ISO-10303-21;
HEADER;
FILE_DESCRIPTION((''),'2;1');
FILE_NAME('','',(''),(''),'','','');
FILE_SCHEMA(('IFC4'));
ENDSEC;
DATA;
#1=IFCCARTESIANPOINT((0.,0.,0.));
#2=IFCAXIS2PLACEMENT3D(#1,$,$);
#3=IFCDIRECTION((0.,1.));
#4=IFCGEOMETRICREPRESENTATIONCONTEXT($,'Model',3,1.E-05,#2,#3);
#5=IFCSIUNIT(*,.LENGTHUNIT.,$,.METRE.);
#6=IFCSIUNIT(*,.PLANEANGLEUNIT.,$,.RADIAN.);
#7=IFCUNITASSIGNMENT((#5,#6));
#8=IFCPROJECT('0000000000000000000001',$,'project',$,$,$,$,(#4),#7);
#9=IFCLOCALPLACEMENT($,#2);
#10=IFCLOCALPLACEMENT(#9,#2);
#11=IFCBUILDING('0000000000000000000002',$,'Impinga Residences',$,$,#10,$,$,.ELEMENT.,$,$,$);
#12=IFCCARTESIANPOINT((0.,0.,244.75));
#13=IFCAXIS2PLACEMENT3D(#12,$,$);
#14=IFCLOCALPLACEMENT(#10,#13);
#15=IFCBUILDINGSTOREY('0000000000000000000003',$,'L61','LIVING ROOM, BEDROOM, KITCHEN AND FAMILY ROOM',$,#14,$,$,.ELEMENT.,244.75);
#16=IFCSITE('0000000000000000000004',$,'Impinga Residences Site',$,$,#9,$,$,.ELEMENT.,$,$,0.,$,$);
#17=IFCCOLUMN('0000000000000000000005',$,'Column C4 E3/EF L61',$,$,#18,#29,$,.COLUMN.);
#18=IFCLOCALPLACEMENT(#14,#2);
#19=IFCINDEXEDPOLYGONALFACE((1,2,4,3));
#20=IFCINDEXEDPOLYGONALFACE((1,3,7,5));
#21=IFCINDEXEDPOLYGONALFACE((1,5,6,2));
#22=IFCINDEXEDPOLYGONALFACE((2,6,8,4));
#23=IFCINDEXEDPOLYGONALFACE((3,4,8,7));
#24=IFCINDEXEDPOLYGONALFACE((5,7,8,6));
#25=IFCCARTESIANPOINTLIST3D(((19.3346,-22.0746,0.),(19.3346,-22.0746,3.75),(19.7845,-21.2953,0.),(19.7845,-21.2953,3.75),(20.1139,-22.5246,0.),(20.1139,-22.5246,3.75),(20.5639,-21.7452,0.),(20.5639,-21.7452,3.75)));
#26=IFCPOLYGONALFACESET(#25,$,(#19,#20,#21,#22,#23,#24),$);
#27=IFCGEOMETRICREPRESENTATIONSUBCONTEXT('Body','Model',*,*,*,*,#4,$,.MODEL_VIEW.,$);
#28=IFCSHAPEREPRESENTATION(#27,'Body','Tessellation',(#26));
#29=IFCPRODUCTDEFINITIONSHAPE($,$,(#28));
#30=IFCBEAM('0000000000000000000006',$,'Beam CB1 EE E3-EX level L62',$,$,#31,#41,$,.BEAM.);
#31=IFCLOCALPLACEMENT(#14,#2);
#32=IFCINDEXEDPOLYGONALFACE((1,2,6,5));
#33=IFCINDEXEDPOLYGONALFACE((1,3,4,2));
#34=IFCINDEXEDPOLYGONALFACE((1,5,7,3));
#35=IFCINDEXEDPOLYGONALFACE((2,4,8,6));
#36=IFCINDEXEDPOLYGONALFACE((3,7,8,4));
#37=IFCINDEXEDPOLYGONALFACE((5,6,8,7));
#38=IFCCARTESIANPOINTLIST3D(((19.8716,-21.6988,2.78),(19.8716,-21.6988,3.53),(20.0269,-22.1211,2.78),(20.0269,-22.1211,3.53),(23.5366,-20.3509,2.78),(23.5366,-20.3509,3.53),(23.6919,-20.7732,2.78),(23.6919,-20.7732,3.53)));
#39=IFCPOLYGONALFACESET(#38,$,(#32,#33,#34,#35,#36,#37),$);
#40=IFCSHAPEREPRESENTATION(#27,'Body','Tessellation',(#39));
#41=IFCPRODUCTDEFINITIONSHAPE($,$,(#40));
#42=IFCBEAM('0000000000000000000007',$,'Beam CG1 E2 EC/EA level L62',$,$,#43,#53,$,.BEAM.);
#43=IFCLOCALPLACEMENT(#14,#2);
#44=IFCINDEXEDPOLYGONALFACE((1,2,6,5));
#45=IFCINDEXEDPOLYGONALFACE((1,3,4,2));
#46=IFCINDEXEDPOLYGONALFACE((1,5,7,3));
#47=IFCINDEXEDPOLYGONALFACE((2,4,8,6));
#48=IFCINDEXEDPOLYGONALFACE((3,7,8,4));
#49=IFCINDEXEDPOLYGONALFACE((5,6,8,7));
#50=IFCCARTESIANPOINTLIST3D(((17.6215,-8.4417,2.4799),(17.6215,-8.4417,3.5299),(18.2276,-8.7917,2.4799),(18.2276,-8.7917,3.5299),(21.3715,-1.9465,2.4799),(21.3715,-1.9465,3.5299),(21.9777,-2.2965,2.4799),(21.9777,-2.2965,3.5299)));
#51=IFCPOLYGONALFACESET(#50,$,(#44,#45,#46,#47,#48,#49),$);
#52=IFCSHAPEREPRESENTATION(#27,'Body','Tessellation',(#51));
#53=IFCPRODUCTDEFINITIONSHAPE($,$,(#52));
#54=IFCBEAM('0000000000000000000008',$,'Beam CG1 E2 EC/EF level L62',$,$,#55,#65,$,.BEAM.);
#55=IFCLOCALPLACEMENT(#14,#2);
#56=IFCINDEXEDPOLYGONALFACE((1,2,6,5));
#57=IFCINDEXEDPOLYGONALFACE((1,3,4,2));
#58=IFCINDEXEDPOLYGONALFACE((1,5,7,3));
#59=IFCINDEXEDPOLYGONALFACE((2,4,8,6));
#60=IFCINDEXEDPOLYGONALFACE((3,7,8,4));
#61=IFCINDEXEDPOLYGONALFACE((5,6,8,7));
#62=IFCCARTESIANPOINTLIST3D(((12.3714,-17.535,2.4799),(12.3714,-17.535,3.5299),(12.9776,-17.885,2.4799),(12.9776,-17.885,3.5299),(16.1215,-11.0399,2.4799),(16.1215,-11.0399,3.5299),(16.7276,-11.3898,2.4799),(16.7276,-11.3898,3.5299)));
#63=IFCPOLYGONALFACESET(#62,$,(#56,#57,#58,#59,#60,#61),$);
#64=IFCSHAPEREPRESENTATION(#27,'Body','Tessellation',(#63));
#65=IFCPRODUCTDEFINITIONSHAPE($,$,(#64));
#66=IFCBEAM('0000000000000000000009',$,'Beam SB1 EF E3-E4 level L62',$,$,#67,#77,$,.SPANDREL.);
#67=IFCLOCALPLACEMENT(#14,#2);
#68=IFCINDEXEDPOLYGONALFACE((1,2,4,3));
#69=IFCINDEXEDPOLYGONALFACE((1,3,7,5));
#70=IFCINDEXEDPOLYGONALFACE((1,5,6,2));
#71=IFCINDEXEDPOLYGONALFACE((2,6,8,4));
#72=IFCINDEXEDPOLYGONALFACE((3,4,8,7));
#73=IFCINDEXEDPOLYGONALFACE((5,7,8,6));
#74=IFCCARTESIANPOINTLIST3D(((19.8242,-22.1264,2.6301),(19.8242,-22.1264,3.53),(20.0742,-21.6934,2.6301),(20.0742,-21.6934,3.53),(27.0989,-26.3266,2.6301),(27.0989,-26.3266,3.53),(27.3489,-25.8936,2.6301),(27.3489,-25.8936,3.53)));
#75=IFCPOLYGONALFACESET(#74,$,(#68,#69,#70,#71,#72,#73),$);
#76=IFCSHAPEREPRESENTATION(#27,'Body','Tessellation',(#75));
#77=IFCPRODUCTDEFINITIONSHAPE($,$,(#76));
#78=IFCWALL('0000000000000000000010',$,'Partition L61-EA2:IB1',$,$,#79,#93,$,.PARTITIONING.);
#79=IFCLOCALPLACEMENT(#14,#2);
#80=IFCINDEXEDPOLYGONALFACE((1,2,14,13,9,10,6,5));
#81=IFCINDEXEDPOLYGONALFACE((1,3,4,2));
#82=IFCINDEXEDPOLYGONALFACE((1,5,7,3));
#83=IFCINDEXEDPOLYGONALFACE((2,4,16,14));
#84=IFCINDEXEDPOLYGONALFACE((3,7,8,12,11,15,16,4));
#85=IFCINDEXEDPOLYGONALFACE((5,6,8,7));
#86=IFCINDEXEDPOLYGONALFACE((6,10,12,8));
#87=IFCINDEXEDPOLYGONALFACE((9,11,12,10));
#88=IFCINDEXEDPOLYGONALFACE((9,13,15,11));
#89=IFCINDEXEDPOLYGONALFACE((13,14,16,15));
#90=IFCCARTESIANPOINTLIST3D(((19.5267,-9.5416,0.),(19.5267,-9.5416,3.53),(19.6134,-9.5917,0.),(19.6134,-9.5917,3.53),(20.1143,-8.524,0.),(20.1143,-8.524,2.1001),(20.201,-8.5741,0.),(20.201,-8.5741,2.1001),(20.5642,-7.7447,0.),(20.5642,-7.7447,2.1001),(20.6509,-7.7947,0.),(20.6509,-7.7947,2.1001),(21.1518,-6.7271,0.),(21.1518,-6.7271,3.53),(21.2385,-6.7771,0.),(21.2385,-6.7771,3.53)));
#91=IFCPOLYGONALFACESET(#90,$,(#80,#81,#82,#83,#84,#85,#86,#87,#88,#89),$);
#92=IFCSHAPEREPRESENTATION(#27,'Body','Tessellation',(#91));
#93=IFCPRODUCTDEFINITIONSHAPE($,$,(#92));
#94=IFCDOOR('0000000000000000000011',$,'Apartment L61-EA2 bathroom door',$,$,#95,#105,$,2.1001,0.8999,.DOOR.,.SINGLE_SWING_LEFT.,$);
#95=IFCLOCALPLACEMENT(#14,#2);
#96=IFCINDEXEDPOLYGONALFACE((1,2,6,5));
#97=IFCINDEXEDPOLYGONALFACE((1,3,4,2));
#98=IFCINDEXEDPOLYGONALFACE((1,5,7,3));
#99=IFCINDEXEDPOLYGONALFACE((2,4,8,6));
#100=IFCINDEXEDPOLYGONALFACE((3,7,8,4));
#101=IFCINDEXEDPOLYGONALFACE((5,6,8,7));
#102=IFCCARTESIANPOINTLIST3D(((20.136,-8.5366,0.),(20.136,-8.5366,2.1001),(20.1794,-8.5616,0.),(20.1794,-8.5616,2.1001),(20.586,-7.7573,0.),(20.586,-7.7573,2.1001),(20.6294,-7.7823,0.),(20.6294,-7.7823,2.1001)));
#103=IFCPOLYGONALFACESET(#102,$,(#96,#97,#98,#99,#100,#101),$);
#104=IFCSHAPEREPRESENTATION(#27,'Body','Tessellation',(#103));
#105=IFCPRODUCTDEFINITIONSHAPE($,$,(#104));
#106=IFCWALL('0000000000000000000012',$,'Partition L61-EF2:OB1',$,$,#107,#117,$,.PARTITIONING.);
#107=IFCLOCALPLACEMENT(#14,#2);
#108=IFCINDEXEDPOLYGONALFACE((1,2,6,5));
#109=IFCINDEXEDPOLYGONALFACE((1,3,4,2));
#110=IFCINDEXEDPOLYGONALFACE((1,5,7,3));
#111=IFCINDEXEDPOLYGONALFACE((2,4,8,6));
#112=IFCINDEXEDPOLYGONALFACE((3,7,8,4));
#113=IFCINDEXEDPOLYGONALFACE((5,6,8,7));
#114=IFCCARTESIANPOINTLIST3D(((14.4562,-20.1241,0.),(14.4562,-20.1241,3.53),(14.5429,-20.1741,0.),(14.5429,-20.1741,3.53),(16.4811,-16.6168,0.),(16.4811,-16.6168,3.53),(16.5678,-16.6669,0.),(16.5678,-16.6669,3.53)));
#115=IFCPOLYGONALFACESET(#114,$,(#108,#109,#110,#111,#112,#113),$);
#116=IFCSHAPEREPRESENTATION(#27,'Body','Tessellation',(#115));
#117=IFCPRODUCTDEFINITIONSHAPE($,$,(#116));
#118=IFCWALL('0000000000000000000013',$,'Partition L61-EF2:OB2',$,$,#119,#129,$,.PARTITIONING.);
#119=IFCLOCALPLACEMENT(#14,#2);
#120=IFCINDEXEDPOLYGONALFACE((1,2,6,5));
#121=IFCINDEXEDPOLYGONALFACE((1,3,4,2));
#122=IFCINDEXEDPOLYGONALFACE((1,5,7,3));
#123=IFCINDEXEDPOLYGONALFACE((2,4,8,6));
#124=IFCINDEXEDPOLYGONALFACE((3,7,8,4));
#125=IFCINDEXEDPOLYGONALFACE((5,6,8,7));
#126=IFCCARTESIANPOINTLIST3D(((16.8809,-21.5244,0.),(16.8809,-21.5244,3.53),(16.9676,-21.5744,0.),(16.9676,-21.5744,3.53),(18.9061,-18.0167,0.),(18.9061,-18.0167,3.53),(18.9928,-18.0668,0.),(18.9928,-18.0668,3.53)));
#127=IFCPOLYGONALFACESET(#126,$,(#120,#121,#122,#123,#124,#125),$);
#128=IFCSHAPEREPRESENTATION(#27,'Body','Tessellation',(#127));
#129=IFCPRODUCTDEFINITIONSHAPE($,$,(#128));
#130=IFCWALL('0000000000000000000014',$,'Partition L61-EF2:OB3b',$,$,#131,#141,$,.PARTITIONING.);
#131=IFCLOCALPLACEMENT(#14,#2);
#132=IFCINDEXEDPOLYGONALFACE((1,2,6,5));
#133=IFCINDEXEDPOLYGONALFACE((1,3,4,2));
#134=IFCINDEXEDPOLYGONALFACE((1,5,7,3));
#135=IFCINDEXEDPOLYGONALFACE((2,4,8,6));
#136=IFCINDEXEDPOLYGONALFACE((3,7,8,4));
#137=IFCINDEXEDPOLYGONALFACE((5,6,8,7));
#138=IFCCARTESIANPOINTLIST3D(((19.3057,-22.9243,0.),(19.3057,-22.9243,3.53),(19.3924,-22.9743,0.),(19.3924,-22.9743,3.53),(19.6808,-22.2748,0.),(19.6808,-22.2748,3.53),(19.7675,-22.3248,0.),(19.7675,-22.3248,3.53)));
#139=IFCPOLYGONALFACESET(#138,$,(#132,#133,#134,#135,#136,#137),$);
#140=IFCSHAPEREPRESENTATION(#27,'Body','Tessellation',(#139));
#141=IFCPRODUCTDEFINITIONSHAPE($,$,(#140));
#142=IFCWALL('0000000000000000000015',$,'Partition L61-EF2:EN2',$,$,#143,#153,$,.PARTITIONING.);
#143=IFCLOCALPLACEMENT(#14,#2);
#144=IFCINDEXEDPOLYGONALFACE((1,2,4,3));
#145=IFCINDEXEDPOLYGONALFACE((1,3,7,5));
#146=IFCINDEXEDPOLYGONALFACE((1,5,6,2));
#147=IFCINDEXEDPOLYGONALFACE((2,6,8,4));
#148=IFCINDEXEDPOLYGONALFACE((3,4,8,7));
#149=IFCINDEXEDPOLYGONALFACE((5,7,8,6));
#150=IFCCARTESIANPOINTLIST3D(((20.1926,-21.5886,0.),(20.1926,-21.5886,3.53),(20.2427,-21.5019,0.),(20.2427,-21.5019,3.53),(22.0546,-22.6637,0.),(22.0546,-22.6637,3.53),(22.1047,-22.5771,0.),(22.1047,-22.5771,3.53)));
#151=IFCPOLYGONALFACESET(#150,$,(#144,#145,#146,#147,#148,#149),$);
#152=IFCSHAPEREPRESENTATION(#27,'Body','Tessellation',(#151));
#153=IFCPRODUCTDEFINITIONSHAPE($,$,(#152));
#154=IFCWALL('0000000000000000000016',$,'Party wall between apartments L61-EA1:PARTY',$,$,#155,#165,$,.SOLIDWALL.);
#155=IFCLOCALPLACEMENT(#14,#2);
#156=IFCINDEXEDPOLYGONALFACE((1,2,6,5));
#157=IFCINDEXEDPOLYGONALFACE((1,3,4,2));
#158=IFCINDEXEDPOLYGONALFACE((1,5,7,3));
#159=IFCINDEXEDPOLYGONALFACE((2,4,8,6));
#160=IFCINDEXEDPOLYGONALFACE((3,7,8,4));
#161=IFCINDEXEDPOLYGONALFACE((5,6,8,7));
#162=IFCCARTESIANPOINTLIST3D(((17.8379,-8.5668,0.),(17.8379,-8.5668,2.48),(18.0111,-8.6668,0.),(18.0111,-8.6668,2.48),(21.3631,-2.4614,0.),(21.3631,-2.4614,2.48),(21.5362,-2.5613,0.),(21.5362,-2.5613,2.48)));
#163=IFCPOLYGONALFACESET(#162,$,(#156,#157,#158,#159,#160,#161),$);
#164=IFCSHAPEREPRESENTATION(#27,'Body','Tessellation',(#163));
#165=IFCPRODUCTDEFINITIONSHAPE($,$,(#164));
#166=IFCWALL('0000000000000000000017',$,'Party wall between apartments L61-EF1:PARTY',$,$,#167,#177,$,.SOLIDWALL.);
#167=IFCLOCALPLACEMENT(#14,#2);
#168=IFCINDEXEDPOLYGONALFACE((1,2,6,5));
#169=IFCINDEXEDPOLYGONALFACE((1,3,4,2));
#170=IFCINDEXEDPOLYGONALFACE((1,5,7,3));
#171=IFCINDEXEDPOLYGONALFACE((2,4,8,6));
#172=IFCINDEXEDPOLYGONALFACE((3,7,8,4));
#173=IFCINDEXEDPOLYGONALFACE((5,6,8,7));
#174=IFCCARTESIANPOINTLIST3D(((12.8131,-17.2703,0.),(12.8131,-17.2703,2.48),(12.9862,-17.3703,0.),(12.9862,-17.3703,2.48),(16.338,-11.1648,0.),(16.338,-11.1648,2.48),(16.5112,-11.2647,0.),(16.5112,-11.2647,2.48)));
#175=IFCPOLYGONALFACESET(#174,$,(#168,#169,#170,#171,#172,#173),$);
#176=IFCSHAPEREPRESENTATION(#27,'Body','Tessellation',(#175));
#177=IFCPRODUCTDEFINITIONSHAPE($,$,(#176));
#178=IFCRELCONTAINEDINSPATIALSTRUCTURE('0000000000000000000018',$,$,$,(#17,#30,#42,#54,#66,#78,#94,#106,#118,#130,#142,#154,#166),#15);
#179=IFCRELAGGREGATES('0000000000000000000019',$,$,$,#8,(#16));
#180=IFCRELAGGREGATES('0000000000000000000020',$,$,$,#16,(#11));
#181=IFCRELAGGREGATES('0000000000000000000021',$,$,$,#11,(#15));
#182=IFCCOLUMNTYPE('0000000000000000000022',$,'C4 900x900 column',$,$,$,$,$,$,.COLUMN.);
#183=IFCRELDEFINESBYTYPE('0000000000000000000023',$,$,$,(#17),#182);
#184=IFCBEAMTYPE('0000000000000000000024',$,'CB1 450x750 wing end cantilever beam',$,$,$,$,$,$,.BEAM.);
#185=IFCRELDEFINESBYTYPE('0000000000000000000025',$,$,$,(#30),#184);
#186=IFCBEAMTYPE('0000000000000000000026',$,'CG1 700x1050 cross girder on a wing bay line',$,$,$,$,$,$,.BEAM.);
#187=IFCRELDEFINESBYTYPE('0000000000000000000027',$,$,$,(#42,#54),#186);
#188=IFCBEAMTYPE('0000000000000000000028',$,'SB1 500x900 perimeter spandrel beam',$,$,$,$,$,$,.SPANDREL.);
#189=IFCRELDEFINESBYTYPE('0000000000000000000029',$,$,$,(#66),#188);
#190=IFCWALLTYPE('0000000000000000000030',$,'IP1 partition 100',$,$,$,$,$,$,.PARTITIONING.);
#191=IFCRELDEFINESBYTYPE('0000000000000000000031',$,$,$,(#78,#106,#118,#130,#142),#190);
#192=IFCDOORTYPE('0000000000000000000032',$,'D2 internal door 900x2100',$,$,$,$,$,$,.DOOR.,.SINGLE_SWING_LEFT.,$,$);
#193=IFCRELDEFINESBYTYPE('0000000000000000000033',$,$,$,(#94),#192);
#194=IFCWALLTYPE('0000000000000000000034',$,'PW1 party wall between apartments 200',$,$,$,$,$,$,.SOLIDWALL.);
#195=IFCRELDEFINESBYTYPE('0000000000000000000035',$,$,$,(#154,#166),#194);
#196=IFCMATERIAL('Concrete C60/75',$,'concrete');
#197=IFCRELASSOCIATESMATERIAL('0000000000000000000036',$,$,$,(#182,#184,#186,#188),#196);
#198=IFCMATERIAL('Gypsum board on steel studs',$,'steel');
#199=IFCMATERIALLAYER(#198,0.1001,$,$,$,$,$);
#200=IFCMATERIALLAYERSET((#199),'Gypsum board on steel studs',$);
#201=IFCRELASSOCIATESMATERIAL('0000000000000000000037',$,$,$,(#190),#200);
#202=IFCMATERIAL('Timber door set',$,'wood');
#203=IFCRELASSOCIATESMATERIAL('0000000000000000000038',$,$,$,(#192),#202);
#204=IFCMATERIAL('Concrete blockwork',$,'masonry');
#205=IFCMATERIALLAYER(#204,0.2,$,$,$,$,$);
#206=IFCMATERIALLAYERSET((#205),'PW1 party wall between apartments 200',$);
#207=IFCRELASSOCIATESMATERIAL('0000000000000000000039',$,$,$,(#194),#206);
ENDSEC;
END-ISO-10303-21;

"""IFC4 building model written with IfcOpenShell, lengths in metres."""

from ifc_helpers import new_model, si_unit, direction, frame, frame_2d, origin, origin_2d, place, context, subcontext, project, spatial, rectangle, extrude, material, layer, layer_set, material_profile, profile_set, type_object, element, fill, save


model = new_model("IFC4")

# Units and contexts
model_context = context("Model", 3, precision=1e-05, world=origin(), true_north=direction((0.0, 1.0)))
body_context = subcontext(model_context, "Body", "Model", "MODEL_VIEW")
ifc_project = project(units=[si_unit("LENGTHUNIT", "METRE"), si_unit("PLANEANGLEUNIT", "RADIAN")], contexts=[model_context])

# Site, building, storey
site_placement = place(None, origin())
site = spatial("IfcSite", under=ifc_project, at=site_placement, Name="Impinga Residences Site", CompositionType="ELEMENT", RefElevation=0.0)
building_placement = place(site_placement, origin())
building = spatial("IfcBuilding", under=site, at=building_placement, Name="Impinga Residences", CompositionType="ELEMENT")
storey_placement = place(building_placement, frame((0.0, 0.0, 244.75)))
storey = spatial("IfcBuildingStorey", under=building, at=storey_placement, Name="L61", Description="LIVING ROOM, BEDROOM, KITCHEN AND FAMILY ROOM", CompositionType="ELEMENT", Elevation=244.75)

# Column
ifc_material_1 = material(Name="Concrete C60/75", Category="concrete")
ifc_material_profile_1 = material_profile(ifc_material_1, rectangle(XDim=0.8999, YDim=0.8999, at=origin_2d()), Name="RC 900x900")
ifc_profile_set_1 = profile_set([ifc_material_profile_1], Name="Concrete C60/75")
column_type = type_object("IfcColumnType", Name="C4 900x900 column", PredefinedType="COLUMN", material=ifc_profile_set_1)
column_placement = place(storey_placement, frame((19.9492, -21.9099, 0.0), z_axis=(0.0, 0.0, 1.0), x_axis=(-0.5, -0.866025, 0.0)))
element("IfcColumn", 1, at=column_placement, inside=storey, type_object=column_type, Name="Column C4 E3/EF L61", PredefinedType="COLUMN", context=body_context, shape_type="SweptSolid", body=[
    extrude(rectangle(XDim=0.8999, YDim=0.8999, at=origin_2d()), origin(), (0.0, 0.0, 1.0), 3.75),
])

# Beams
ifc_material_profile_2 = material_profile(ifc_material_1, rectangle(XDim=0.45, YDim=0.75, at=origin_2d()), Name="RC 450x750")
ifc_profile_set_2 = profile_set([ifc_material_profile_2], Name="Concrete C60/75")
beam_type_1 = type_object("IfcBeamType", Name="CB1 450x750 wing end cantilever beam", PredefinedType="BEAM", material=ifc_profile_set_2)
beam_1_placement = place(storey_placement, frame((19.9492, -21.9099, 3.155), z_axis=(0.93854, 0.345169, 0.0), x_axis=(-0.345169, 0.93854, 0.0)))
element("IfcBeam", 2, at=beam_1_placement, inside=storey, type_object=beam_type_1, Name="Beam CB1 EE E3-EX level L62", PredefinedType="BEAM", context=body_context, shape_type="SweptSolid", body=[
    extrude(rectangle(XDim=0.45, YDim=0.75, at=origin_2d()), origin(), (0.0, 0.0, 1.0), 3.905),
])
ifc_material_profile_3 = material_profile(ifc_material_1, rectangle(XDim=0.7, YDim=1.05, at=origin_2d()), Name="RC 700x1050")
ifc_profile_set_3 = profile_set([ifc_material_profile_3], Name="Concrete C60/75")
beam_type_2 = type_object("IfcBeamType", Name="CG1 700x1050 cross girder on a wing bay line", PredefinedType="BEAM", material=ifc_profile_set_3)
for number, where, z_axis, x_axis, name in (
    (3, (17.9246, -8.6167, 3.0049), (0.500004, 0.866023, 0.0), (-0.866023, 0.500004, 0.0), "Beam CG1 E2 EC/EA level L62"),
    (4, (16.4246, -11.2148, 3.0049), (-0.500004, -0.866023, 0.0), (0.866023, -0.500004, 0.0), "Beam CG1 E2 EC/EF level L62"),
):
    element("IfcBeam", number, at=place(storey_placement, frame(where, z_axis=z_axis, x_axis=x_axis)), inside=storey, type_object=beam_type_2, Name=name, PredefinedType="BEAM", context=body_context, shape_type="SweptSolid", body=[
        extrude(rectangle(XDim=0.7, YDim=1.05, at=origin_2d()), origin(), (0.0, 0.0, 1.0), 7.5),
    ])
ifc_material_profile_4 = material_profile(ifc_material_1, rectangle(XDim=0.5, YDim=0.8999, at=origin_2d()), Name="RC 500x900")
ifc_profile_set_4 = profile_set([ifc_material_profile_4], Name="Concrete C60/75")
beam_type_3 = type_object("IfcBeamType", Name="SB1 500x900 perimeter spandrel beam", PredefinedType="SPANDREL", material=ifc_profile_set_4)
beam_2_placement = place(storey_placement, frame((19.9492, -21.9099, 3.0801), z_axis=(0.866017, -0.500015, 0.0), x_axis=(0.500015, 0.866017, 0.0)))
element("IfcBeam", 5, at=beam_2_placement, inside=storey, type_object=beam_type_3, Name="Beam SB1 EF E3-E4 level L62", PredefinedType="SPANDREL", context=body_context, shape_type="SweptSolid", body=[
    extrude(rectangle(XDim=0.5, YDim=0.8999, at=origin_2d()), origin(), (0.0, 0.0, 1.0), 8.4001),
])

# Wall, opening, door
ifc_material_2 = material(Name="Gypsum board on steel studs", Category="steel")
ifc_layer_1 = layer(ifc_material_2, 0.1001)
ifc_layer_set_1 = layer_set([ifc_layer_1], Name="Gypsum board on steel studs")
wall_type_1 = type_object("IfcWallType", Name="IP1 partition 100", PredefinedType="PARTITIONING", material=ifc_layer_set_1)
wall_1_placement = place(storey_placement, frame((19.5701, -9.5667, 0.0), z_axis=(0.0, 0.0, 1.0), x_axis=(0.500017, 0.866015, 0.0)))
wall_1 = element("IfcWall", 6, at=wall_1_placement, inside=storey, type_object=wall_type_1, Name="Partition L61-EA2:IB1", PredefinedType="PARTITIONING", context=body_context, shape_type="SweptSolid", body=[
    extrude(rectangle(XDim=3.25, YDim=0.1001, at=frame_2d((1.625, 0.0))), origin(), (0.0, 0.0, 1.0), 3.53),
])
opening_placement = place(wall_1_placement, frame((1.175, 0.0, 0.0)))
opening = element("IfcOpeningElement", 7, at=opening_placement, cuts=wall_1, PredefinedType="OPENING", context=body_context, shape_type="SweptSolid", body=[
    extrude(rectangle(XDim=0.8999, YDim=2.1001, at=frame_2d((0.45, 1.05))), frame((0.0, 0.0601, 0.0), z_axis=(0.0, -1.0, 0.0), x_axis=(1.0, 0.0, 0.0)), (0.0, 0.0, 1.0), 0.1201),
])
ifc_material_3 = material(Name="Timber door set", Category="wood")
door_type = type_object("IfcDoorType", Name="D2 internal door 900x2100", OperationType="SINGLE_SWING_LEFT", PredefinedType="DOOR", material=ifc_material_3)
door_placement = place(opening_placement, origin())
door = element("IfcDoor", 8, at=door_placement, inside=storey, type_object=door_type, Name="Apartment L61-EA2 bathroom door", OperationType="SINGLE_SWING_LEFT", OverallHeight=2.1001, OverallWidth=0.8999, PredefinedType="DOOR", context=body_context, shape_type="SweptSolid", body=[
    extrude(rectangle(XDim=0.8999, YDim=2.1001, at=frame_2d((0.45, 1.05))), frame((0.0, 0.0249, 0.0), z_axis=(0.0, -1.0, 0.0), x_axis=(1.0, 0.0, 0.0)), (0.0, 0.0, 1.0), 0.05),
])
fill(opening, door)

# Walls
wall_2_placement = place(storey_placement, frame((16.5244, -16.6418, 0.0), z_axis=(0.0, 0.0, 1.0), x_axis=(-0.49999, -0.866031, 0.0)))
element("IfcWall", 9, at=wall_2_placement, inside=storey, type_object=wall_type_1, Name="Partition L61-EF2:OB1", PredefinedType="PARTITIONING", context=body_context, shape_type="SweptSolid", body=[
    extrude(rectangle(XDim=4.0498, YDim=0.1001, at=frame_2d((2.0249, 0.0))), origin(), (0.0, 0.0, 1.0), 3.53),
])
wall_3_placement = place(storey_placement, frame((18.9495, -18.0417, 0.0), z_axis=(0.0, 0.0, 1.0), x_axis=(-0.500009, -0.86602, 0.0)))
element("IfcWall", 10, at=wall_3_placement, inside=storey, type_object=wall_type_1, Name="Partition L61-EF2:OB2", PredefinedType="PARTITIONING", context=body_context, shape_type="SweptSolid", body=[
    extrude(rectangle(XDim=4.0503, YDim=0.1001, at=frame_2d((2.0251, 0.0))), origin(), (0.0, 0.0, 1.0), 3.53),
])
wall_4_placement = place(storey_placement, frame((19.7241, -22.2998, 0.0), z_axis=(0.0, 0.0, 1.0), x_axis=(-0.500061, -0.86599, 0.0)))
element("IfcWall", 11, at=wall_4_placement, inside=storey, type_object=wall_type_1, Name="Partition L61-EF2:OB3b", PredefinedType="PARTITIONING", context=body_context, shape_type="SweptSolid", body=[
    extrude(rectangle(XDim=0.75, YDim=0.1001, at=frame_2d((0.375, 0.0))), origin(), (0.0, 0.0, 1.0), 3.53),
])
wall_5_placement = place(storey_placement, frame((20.2175, -21.5452, 0.0), z_axis=(0.0, 0.0, 1.0), x_axis=(0.865998, -0.500047, 0.0)))
element("IfcWall", 12, at=wall_5_placement, inside=storey, type_object=wall_type_1, Name="Partition L61-EF2:EN2", PredefinedType="PARTITIONING", context=body_context, shape_type="SweptSolid", body=[
    extrude(rectangle(XDim=2.1501, YDim=0.1001, at=frame_2d((1.0752, 0.0))), origin(), (0.0, 0.0, 1.0), 3.53),
])
ifc_material_4 = material(Name="Concrete blockwork", Category="masonry")
ifc_layer_2 = layer(ifc_material_4, 0.2)
ifc_layer_set_2 = layer_set([ifc_layer_2], Name="PW1 party wall between apartments 200")
wall_type_2 = type_object("IfcWallType", Name="PW1 party wall between apartments 200", PredefinedType="SOLIDWALL", material=ifc_layer_set_2)
for number, where, z_axis, x_axis, name in (
    (13, (17.9246, -8.6167, 0.0), (0.0, 0.0, 1.0), (0.500016, 0.866016, 0.0), "Party wall between apartments L61-EA1:PARTY"),
    (14, (16.4246, -11.2148, 0.0), (0.0, 0.0, 1.0), (-0.49999, -0.866031, 0.0), "Party wall between apartments L61-EF1:PARTY"),
):
    element("IfcWall", number, at=place(storey_placement, frame(where, z_axis=z_axis, x_axis=x_axis)), inside=storey, type_object=wall_type_2, Name=name, PredefinedType="SOLIDWALL", context=body_context, shape_type="SweptSolid", body=[
        extrude(rectangle(XDim=7.05, YDim=0.2, at=frame_2d((3.5249, 0.0))), origin(), (0.0, 0.0, 1.0), 2.48),
    ])

save(model, "model.ifc")
